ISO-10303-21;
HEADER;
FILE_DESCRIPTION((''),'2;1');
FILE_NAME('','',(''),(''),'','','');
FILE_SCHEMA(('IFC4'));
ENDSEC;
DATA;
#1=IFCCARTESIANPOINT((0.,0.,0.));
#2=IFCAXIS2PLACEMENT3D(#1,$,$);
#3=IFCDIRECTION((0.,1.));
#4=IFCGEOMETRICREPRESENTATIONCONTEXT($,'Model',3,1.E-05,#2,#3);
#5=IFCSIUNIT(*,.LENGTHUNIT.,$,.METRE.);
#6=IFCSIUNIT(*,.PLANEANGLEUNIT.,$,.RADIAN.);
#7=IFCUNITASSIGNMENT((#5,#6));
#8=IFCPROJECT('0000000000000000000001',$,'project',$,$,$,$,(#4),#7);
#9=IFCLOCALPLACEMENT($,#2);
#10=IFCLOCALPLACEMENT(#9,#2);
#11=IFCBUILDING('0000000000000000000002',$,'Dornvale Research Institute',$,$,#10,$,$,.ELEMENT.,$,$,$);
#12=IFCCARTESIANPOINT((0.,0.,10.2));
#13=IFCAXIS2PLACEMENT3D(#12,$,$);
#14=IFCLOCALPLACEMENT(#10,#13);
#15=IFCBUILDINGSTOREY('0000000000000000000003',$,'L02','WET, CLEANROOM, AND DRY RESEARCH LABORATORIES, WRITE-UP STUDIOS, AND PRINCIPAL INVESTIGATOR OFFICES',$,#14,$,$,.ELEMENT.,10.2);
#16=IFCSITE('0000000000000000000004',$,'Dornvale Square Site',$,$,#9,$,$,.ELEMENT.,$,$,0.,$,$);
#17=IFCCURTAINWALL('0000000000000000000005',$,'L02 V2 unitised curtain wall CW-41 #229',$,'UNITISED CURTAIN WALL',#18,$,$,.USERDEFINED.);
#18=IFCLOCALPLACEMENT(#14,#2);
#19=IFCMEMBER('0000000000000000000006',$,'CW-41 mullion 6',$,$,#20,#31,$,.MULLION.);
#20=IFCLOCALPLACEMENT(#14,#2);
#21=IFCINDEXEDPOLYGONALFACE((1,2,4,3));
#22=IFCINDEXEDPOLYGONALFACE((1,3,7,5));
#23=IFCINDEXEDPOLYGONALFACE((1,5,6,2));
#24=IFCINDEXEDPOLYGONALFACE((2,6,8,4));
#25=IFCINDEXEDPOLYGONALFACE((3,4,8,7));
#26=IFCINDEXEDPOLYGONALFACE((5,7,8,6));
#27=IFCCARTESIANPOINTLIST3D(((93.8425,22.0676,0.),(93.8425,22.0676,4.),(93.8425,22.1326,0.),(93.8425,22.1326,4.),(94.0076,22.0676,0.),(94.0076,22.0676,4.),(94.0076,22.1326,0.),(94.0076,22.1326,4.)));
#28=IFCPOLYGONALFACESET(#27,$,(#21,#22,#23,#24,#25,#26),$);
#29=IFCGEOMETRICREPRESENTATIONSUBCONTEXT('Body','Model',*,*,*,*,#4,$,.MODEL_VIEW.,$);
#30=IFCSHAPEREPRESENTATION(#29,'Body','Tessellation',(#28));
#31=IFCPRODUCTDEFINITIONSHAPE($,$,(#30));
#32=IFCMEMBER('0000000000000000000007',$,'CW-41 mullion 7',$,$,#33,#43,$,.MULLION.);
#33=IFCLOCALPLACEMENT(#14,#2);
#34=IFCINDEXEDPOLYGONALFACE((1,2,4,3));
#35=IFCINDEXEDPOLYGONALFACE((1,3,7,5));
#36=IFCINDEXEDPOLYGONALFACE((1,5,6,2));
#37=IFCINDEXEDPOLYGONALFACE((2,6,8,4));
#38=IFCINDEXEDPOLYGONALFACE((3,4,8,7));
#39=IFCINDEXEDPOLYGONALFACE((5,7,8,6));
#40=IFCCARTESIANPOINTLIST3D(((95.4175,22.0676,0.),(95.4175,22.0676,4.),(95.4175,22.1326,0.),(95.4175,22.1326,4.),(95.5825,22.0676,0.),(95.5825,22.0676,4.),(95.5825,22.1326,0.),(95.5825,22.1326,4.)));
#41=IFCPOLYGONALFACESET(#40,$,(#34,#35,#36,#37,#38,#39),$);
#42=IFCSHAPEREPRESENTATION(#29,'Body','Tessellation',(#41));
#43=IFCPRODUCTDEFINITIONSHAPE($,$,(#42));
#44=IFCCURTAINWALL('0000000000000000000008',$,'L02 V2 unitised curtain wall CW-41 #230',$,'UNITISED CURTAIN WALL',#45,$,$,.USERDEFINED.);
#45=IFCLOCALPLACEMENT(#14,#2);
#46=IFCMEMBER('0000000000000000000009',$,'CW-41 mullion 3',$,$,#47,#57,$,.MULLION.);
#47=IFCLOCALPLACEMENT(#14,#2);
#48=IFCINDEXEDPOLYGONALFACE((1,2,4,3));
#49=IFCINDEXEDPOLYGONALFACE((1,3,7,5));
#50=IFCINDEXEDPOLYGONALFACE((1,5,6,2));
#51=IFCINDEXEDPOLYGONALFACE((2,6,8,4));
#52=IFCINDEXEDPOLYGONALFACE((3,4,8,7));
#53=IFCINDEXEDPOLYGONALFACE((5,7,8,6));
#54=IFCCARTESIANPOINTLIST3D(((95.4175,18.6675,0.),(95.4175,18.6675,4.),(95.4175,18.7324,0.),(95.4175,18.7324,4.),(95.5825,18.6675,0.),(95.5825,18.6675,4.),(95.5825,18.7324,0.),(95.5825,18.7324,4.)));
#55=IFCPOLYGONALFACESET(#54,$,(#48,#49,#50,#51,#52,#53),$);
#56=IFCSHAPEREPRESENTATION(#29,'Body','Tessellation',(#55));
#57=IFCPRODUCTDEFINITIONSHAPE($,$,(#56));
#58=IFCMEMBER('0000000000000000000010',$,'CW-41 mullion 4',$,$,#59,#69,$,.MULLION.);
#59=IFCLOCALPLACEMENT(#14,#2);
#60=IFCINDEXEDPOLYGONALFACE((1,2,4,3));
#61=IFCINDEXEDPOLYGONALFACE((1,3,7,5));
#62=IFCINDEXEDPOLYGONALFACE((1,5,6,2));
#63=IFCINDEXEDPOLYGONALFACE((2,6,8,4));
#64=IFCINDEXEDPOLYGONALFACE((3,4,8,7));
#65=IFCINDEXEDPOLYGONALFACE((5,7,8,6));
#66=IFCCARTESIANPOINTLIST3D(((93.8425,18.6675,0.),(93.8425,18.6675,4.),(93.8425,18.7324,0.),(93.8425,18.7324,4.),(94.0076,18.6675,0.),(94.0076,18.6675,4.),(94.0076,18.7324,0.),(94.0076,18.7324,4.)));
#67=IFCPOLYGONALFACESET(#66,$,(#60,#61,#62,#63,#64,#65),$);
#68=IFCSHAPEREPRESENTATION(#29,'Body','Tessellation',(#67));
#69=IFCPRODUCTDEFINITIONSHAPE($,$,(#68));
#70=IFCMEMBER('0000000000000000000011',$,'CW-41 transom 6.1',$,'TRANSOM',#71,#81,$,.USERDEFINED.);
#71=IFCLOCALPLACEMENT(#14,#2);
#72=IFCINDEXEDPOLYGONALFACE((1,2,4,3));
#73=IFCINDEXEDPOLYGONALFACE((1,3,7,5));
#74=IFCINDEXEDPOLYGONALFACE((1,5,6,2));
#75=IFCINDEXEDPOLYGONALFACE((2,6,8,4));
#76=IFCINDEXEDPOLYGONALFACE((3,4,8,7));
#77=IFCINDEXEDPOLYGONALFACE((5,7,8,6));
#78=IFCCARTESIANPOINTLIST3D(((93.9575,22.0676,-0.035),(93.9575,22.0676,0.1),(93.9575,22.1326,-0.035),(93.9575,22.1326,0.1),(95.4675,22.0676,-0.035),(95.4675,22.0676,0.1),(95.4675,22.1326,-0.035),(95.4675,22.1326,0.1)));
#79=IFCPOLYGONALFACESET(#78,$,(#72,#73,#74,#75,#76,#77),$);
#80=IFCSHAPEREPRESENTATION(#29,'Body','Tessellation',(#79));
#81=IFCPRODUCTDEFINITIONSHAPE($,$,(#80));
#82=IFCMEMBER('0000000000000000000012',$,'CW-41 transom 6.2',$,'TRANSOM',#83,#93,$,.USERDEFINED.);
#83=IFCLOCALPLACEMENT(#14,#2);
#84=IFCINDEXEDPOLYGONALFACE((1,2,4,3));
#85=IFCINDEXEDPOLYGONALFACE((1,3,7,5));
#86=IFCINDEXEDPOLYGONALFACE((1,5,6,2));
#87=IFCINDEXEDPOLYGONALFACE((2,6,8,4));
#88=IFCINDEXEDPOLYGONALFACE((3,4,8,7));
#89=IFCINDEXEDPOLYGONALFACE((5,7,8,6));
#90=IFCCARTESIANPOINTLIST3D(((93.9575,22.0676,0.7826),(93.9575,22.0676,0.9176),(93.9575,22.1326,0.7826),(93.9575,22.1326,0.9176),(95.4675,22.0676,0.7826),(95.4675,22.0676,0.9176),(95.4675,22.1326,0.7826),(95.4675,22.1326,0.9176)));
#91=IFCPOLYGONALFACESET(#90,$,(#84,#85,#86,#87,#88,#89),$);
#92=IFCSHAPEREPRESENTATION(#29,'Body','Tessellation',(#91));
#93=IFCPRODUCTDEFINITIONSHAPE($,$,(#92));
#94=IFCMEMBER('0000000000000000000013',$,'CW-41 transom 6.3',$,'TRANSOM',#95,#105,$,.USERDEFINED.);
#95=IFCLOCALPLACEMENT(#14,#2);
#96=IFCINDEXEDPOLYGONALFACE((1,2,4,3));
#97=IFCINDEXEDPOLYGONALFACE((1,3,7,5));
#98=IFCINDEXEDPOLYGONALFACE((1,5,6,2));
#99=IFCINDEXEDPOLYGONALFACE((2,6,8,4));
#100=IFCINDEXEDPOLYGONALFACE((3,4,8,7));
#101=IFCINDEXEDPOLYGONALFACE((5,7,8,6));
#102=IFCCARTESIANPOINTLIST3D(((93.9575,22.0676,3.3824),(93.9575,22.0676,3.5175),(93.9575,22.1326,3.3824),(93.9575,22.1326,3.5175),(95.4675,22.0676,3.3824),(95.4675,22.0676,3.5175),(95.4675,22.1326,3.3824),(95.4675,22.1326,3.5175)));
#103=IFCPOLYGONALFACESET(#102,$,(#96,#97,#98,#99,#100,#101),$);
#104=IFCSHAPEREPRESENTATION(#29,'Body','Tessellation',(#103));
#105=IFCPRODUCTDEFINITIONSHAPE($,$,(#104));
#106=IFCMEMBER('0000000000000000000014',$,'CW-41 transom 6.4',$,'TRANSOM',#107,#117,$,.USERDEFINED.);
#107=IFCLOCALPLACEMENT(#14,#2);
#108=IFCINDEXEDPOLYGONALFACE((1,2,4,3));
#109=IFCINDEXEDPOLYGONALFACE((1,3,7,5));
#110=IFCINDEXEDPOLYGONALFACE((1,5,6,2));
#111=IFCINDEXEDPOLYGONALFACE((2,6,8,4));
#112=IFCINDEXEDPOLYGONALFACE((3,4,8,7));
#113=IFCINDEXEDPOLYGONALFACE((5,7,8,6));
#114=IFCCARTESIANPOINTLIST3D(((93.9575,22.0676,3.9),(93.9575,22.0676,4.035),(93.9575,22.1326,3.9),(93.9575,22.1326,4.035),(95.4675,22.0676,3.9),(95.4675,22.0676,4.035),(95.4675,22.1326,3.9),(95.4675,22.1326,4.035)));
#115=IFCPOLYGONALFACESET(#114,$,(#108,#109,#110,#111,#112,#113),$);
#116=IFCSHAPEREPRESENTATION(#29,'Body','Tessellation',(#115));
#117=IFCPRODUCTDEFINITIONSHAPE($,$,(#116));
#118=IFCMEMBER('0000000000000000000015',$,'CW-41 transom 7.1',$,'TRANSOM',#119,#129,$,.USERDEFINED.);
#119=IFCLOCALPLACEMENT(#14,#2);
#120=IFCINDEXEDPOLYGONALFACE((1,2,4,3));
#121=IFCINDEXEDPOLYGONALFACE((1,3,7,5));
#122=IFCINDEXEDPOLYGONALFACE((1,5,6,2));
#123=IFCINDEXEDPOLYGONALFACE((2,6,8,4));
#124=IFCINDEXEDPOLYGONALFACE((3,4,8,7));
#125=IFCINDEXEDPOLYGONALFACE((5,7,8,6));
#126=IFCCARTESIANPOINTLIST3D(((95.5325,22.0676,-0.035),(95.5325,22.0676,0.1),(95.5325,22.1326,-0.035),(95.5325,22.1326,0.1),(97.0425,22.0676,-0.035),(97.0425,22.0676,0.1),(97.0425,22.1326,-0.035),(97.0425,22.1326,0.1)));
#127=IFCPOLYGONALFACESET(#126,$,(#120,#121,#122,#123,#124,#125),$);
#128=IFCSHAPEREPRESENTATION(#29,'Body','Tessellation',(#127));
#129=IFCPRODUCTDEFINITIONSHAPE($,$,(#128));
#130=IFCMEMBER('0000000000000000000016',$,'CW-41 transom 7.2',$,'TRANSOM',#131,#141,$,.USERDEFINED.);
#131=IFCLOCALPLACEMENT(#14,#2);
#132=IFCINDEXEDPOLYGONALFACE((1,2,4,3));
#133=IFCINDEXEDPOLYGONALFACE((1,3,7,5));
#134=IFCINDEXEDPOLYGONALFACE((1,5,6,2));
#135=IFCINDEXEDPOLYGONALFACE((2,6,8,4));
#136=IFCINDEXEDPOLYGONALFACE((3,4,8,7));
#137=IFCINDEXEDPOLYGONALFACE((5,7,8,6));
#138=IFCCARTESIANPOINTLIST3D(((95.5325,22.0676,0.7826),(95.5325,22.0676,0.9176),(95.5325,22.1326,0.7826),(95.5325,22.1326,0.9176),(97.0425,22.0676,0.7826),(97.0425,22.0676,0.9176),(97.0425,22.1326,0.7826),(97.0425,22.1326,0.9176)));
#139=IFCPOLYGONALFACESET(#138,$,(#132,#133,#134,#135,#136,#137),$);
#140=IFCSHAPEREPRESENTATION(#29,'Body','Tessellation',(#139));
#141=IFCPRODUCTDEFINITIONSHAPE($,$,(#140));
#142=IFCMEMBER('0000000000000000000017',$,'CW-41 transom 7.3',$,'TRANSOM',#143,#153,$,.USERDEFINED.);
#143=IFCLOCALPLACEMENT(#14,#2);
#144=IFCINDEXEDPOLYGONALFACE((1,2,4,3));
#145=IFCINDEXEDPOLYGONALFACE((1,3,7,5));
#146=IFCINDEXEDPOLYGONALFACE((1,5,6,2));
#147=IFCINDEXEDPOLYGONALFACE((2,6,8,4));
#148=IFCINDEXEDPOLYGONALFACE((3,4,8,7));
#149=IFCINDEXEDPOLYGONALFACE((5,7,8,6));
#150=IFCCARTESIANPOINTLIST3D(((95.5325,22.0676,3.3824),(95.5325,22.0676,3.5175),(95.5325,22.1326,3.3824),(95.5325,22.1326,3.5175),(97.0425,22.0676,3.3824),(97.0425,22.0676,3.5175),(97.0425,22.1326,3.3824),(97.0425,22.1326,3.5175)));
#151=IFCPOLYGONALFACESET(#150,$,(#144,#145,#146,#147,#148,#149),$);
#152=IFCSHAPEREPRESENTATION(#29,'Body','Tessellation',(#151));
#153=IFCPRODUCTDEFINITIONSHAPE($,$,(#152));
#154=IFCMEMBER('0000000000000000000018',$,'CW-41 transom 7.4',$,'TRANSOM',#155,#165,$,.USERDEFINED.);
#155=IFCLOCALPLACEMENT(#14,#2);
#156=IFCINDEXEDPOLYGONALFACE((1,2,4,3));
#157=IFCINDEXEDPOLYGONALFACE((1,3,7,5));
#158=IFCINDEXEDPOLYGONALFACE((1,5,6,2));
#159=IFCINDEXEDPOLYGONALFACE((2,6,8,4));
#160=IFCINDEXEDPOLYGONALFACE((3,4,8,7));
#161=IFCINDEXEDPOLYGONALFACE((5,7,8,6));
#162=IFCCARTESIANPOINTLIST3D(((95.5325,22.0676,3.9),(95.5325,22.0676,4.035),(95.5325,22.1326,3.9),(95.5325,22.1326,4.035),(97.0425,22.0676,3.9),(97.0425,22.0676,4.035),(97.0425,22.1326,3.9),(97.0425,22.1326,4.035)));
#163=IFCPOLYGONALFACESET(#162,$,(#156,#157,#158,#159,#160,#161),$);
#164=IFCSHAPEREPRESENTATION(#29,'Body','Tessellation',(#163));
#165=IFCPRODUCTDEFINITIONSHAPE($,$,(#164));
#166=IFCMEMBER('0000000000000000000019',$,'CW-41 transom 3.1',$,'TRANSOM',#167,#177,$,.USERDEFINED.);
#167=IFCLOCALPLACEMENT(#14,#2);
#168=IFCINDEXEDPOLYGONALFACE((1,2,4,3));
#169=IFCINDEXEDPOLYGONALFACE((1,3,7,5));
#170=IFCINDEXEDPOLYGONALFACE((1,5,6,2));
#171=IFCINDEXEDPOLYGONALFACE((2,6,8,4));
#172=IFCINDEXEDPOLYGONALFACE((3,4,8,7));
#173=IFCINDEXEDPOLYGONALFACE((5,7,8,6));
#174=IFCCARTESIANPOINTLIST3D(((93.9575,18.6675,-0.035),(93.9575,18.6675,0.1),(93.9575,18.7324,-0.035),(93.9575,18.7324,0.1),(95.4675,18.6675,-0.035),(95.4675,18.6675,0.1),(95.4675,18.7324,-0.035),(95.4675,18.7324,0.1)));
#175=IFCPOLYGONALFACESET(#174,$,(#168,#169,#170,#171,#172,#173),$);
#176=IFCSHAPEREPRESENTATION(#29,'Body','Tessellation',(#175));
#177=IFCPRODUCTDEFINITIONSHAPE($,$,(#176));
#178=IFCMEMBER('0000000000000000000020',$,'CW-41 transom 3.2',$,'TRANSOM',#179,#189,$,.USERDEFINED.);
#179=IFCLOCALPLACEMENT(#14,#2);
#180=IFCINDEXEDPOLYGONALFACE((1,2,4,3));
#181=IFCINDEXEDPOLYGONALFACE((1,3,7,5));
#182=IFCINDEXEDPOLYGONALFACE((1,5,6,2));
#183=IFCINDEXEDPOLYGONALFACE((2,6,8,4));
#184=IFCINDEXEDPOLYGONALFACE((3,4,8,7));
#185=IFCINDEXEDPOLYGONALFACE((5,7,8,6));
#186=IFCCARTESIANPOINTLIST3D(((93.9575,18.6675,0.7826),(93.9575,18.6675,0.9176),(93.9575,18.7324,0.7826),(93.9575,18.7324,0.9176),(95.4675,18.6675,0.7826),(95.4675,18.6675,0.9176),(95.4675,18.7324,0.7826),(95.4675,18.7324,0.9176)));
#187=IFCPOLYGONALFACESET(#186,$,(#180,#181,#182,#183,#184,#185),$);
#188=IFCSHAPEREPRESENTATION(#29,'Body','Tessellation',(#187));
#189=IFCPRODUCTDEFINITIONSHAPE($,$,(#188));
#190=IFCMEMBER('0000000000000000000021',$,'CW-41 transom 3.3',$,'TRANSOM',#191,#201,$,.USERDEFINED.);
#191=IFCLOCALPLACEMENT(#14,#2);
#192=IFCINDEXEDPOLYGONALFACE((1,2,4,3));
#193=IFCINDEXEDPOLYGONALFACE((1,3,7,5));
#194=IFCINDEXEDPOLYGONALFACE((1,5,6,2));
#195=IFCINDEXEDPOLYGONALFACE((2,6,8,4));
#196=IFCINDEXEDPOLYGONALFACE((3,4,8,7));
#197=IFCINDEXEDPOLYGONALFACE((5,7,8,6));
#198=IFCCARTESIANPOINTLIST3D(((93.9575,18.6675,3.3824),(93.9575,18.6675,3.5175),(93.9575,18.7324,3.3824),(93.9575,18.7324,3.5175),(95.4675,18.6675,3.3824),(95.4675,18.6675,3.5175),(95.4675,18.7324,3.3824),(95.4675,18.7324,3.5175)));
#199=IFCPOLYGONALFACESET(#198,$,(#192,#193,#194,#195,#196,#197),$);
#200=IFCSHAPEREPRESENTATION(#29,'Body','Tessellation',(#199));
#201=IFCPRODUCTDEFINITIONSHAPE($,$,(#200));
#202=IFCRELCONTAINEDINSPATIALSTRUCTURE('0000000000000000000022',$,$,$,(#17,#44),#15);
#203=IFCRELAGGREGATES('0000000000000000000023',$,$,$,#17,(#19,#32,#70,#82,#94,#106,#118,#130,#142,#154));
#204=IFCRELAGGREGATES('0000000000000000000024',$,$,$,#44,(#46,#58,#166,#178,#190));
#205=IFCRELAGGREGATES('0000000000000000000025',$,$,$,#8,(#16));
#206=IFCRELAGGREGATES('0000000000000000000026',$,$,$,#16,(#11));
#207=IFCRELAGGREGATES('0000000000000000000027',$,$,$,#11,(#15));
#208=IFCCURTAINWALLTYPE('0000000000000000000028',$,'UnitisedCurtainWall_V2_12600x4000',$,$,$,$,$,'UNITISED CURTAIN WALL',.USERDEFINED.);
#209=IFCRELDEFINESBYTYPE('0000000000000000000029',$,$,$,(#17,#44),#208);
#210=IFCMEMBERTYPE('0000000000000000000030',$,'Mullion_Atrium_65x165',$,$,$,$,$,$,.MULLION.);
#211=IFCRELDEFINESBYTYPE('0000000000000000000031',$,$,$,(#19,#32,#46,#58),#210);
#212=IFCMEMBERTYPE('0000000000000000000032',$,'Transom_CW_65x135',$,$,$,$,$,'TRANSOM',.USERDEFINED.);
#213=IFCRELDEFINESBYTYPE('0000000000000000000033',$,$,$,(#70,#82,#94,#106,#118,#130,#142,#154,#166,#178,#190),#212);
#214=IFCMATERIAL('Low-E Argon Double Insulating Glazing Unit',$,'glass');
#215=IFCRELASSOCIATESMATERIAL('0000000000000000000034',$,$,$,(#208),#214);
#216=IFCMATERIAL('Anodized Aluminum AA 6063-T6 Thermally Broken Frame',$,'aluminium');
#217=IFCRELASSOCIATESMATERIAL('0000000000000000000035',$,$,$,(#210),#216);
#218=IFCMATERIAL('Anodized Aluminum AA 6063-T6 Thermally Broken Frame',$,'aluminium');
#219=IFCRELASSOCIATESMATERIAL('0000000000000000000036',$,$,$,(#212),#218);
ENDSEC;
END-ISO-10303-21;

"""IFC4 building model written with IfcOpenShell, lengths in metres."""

from ifc_helpers import new_model, si_unit, direction, frame, origin, origin_2d, place, context, subcontext, project, spatial, rectangle, extrude, material, material_profile, profile_set, type_object, element, aggregate, save


model = new_model("IFC4")

# Units and contexts
model_context = context("Model", 3, precision=1e-05, world=origin(), true_north=direction((0.0, 1.0)))
body_context = subcontext(model_context, "Body", "Model", "MODEL_VIEW")
ifc_project = project(units=[si_unit("LENGTHUNIT", "METRE"), si_unit("PLANEANGLEUNIT", "RADIAN")], contexts=[model_context])

# Site, building, storey
site_placement = place(None, origin())
site = spatial("IfcSite", under=ifc_project, at=site_placement, Name="Dornvale Square Site", CompositionType="ELEMENT", RefElevation=0.0)
building_placement = place(site_placement, origin())
building = spatial("IfcBuilding", under=site, at=building_placement, Name="Dornvale Research Institute", CompositionType="ELEMENT")
storey_placement = place(building_placement, frame((0.0, 0.0, 10.2)))
storey = spatial("IfcBuildingStorey", under=building, at=storey_placement, Name="L02", Description="WET, CLEANROOM, AND DRY RESEARCH LABORATORIES, WRITE-UP STUDIOS, AND PRINCIPAL INVESTIGATOR OFFICES", CompositionType="ELEMENT", Elevation=10.2)

# Curtain walls, members
ifc_material_1 = material(Name="Low-E Argon Double Insulating Glazing Unit", Category="glass")
curtain_wall_type = type_object("IfcCurtainWallType", Name="UnitisedCurtainWall_V2_12600x4000", ElementType="UNITISED CURTAIN WALL", PredefinedType="USERDEFINED", material=ifc_material_1)
curtain_wall_1_placement = place(storey_placement, origin())
curtain_wall_1 = element("IfcCurtainWall", 1, at=curtain_wall_1_placement, inside=storey, type_object=curtain_wall_type, Name="L02 V2 unitised curtain wall CW-41 #229", ObjectType="UNITISED CURTAIN WALL", PredefinedType="USERDEFINED")
ifc_material_2 = material(Name="Anodized Aluminum AA 6063-T6 Thermally Broken Frame", Category="aluminium")
ifc_material_profile_1 = material_profile(ifc_material_2, rectangle(XDim=0.0649, YDim=0.165, at=origin_2d()), Name="ALU MULLION 65x165")
ifc_profile_set_1 = profile_set([ifc_material_profile_1], Name="Anodized Aluminum AA 6063-T6 Thermally Broken Frame")
member_type_1 = type_object("IfcMemberType", Name="Mullion_Atrium_65x165", PredefinedType="MULLION", material=ifc_profile_set_1)
member_1_placement = place(storey_placement, frame((93.925, 22.1001, 0.0), z_axis=(0.0, 0.0, 1.0), x_axis=(0.0, 1.0, 0.0)))
member_1 = element("IfcMember", 2, at=member_1_placement, type_object=member_type_1, Name="CW-41 mullion 6", PredefinedType="MULLION", context=body_context, shape_type="SweptSolid", body=[
    extrude(rectangle(XDim=0.0649, YDim=0.165, at=origin_2d()), origin(), (0.0, 0.0, 1.0), 4.0),
])
member_2_placement = place(storey_placement, frame((95.5, 22.1001, 0.0), z_axis=(0.0, 0.0, 1.0), x_axis=(0.0, 1.0, 0.0)))
member_2 = element("IfcMember", 3, at=member_2_placement, type_object=member_type_1, Name="CW-41 mullion 7", PredefinedType="MULLION", context=body_context, shape_type="SweptSolid", body=[
    extrude(rectangle(XDim=0.0649, YDim=0.165, at=origin_2d()), origin(), (0.0, 0.0, 1.0), 4.0),
])
curtain_wall_2_placement = place(storey_placement, origin())
curtain_wall_2 = element("IfcCurtainWall", 4, at=curtain_wall_2_placement, inside=storey, type_object=curtain_wall_type, Name="L02 V2 unitised curtain wall CW-41 #230", ObjectType="UNITISED CURTAIN WALL", PredefinedType="USERDEFINED")
member_3_placement = place(storey_placement, frame((95.5, 18.7, 0.0), z_axis=(0.0, 0.0, 1.0), x_axis=(0.0, -1.0, 0.0)))
member_3 = element("IfcMember", 5, at=member_3_placement, type_object=member_type_1, Name="CW-41 mullion 3", PredefinedType="MULLION", context=body_context, shape_type="SweptSolid", body=[
    extrude(rectangle(XDim=0.0649, YDim=0.165, at=origin_2d()), origin(), (0.0, 0.0, 1.0), 4.0),
])
member_4_placement = place(storey_placement, frame((93.925, 18.7, 0.0), z_axis=(0.0, 0.0, 1.0), x_axis=(0.0, -1.0, 0.0)))
member_4 = element("IfcMember", 6, at=member_4_placement, type_object=member_type_1, Name="CW-41 mullion 4", PredefinedType="MULLION", context=body_context, shape_type="SweptSolid", body=[
    extrude(rectangle(XDim=0.0649, YDim=0.165, at=origin_2d()), origin(), (0.0, 0.0, 1.0), 4.0),
])

# Members
ifc_material_3 = material(Name="Anodized Aluminum AA 6063-T6 Thermally Broken Frame", Category="aluminium")
ifc_material_profile_2 = material_profile(ifc_material_3, rectangle(XDim=0.0649, YDim=0.135, at=origin_2d()), Name="ALU TRANSOM 65x135")
ifc_profile_set_2 = profile_set([ifc_material_profile_2], Name="Anodized Aluminum AA 6063-T6 Thermally Broken Frame")
member_type_2 = type_object("IfcMemberType", Name="Transom_CW_65x135", ElementType="TRANSOM", PredefinedType="USERDEFINED", material=ifc_profile_set_2)
member_5_placement = place(storey_placement, frame((93.9575, 22.1001, 0.0325), z_axis=(1.0, 0.0, 0.0), x_axis=(0.0, 1.0, 0.0)))
member_5 = element("IfcMember", 7, at=member_5_placement, type_object=member_type_2, Name="CW-41 transom 6.1", ObjectType="TRANSOM", PredefinedType="USERDEFINED", context=body_context, shape_type="SweptSolid", body=[
    extrude(rectangle(XDim=0.0649, YDim=0.135, at=origin_2d()), origin(), (0.0, 0.0, 1.0), 1.51),
])
member_6_placement = place(storey_placement, frame((93.9575, 22.1001, 0.8501), z_axis=(1.0, 0.0, 0.0), x_axis=(0.0, 1.0, 0.0)))
member_6 = element("IfcMember", 8, at=member_6_placement, type_object=member_type_2, Name="CW-41 transom 6.2", ObjectType="TRANSOM", PredefinedType="USERDEFINED", context=body_context, shape_type="SweptSolid", body=[
    extrude(rectangle(XDim=0.0649, YDim=0.135, at=origin_2d()), origin(), (0.0, 0.0, 1.0), 1.51),
])
member_7_placement = place(storey_placement, frame((93.9575, 22.1001, 3.45), z_axis=(1.0, 0.0, 0.0), x_axis=(0.0, 1.0, 0.0)))
member_7 = element("IfcMember", 9, at=member_7_placement, type_object=member_type_2, Name="CW-41 transom 6.3", ObjectType="TRANSOM", PredefinedType="USERDEFINED", context=body_context, shape_type="SweptSolid", body=[
    extrude(rectangle(XDim=0.0649, YDim=0.135, at=origin_2d()), origin(), (0.0, 0.0, 1.0), 1.51),
])
member_8_placement = place(storey_placement, frame((93.9575, 22.1001, 3.9675), z_axis=(1.0, 0.0, 0.0), x_axis=(0.0, 1.0, 0.0)))
member_8 = element("IfcMember", 10, at=member_8_placement, type_object=member_type_2, Name="CW-41 transom 6.4", ObjectType="TRANSOM", PredefinedType="USERDEFINED", context=body_context, shape_type="SweptSolid", body=[
    extrude(rectangle(XDim=0.0649, YDim=0.135, at=origin_2d()), origin(), (0.0, 0.0, 1.0), 1.51),
])
member_9_placement = place(storey_placement, frame((95.5325, 22.1001, 0.0325), z_axis=(1.0, 0.0, 0.0), x_axis=(0.0, 1.0, 0.0)))
member_9 = element("IfcMember", 11, at=member_9_placement, type_object=member_type_2, Name="CW-41 transom 7.1", ObjectType="TRANSOM", PredefinedType="USERDEFINED", context=body_context, shape_type="SweptSolid", body=[
    extrude(rectangle(XDim=0.0649, YDim=0.135, at=origin_2d()), origin(), (0.0, 0.0, 1.0), 1.51),
])
member_10_placement = place(storey_placement, frame((95.5325, 22.1001, 0.8501), z_axis=(1.0, 0.0, 0.0), x_axis=(0.0, 1.0, 0.0)))
member_10 = element("IfcMember", 12, at=member_10_placement, type_object=member_type_2, Name="CW-41 transom 7.2", ObjectType="TRANSOM", PredefinedType="USERDEFINED", context=body_context, shape_type="SweptSolid", body=[
    extrude(rectangle(XDim=0.0649, YDim=0.135, at=origin_2d()), origin(), (0.0, 0.0, 1.0), 1.51),
])
member_11_placement = place(storey_placement, frame((95.5325, 22.1001, 3.45), z_axis=(1.0, 0.0, 0.0), x_axis=(0.0, 1.0, 0.0)))
member_11 = element("IfcMember", 13, at=member_11_placement, type_object=member_type_2, Name="CW-41 transom 7.3", ObjectType="TRANSOM", PredefinedType="USERDEFINED", context=body_context, shape_type="SweptSolid", body=[
    extrude(rectangle(XDim=0.0649, YDim=0.135, at=origin_2d()), origin(), (0.0, 0.0, 1.0), 1.51),
])
member_12_placement = place(storey_placement, frame((95.5325, 22.1001, 3.9675), z_axis=(1.0, 0.0, 0.0), x_axis=(0.0, 1.0, 0.0)))
member_12 = element("IfcMember", 14, at=member_12_placement, type_object=member_type_2, Name="CW-41 transom 7.4", ObjectType="TRANSOM", PredefinedType="USERDEFINED", context=body_context, shape_type="SweptSolid", body=[
    extrude(rectangle(XDim=0.0649, YDim=0.135, at=origin_2d()), origin(), (0.0, 0.0, 1.0), 1.51),
])
member_13_placement = place(storey_placement, frame((95.4675, 18.7, 0.0325), z_axis=(-1.0, 0.0, 0.0), x_axis=(0.0, -1.0, 0.0)))
member_13 = element("IfcMember", 15, at=member_13_placement, type_object=member_type_2, Name="CW-41 transom 3.1", ObjectType="TRANSOM", PredefinedType="USERDEFINED", context=body_context, shape_type="SweptSolid", body=[
    extrude(rectangle(XDim=0.0649, YDim=0.135, at=origin_2d()), origin(), (0.0, 0.0, 1.0), 1.51),
])
member_14_placement = place(storey_placement, frame((95.4675, 18.7, 0.8501), z_axis=(-1.0, 0.0, 0.0), x_axis=(0.0, -1.0, 0.0)))
member_14 = element("IfcMember", 16, at=member_14_placement, type_object=member_type_2, Name="CW-41 transom 3.2", ObjectType="TRANSOM", PredefinedType="USERDEFINED", context=body_context, shape_type="SweptSolid", body=[
    extrude(rectangle(XDim=0.0649, YDim=0.135, at=origin_2d()), origin(), (0.0, 0.0, 1.0), 1.51),
])
member_15_placement = place(storey_placement, frame((95.4675, 18.7, 3.45), z_axis=(-1.0, 0.0, 0.0), x_axis=(0.0, -1.0, 0.0)))
member_15 = element("IfcMember", 17, at=member_15_placement, type_object=member_type_2, Name="CW-41 transom 3.3", ObjectType="TRANSOM", PredefinedType="USERDEFINED", context=body_context, shape_type="SweptSolid", body=[
    extrude(rectangle(XDim=0.0649, YDim=0.135, at=origin_2d()), origin(), (0.0, 0.0, 1.0), 1.51),
])

aggregate(curtain_wall_1, [member_1, member_2, member_5, member_6, member_7, member_8, member_9, member_10, member_11, member_12])
aggregate(curtain_wall_2, [member_3, member_4, member_13, member_14, member_15])

save(model, "model.ifc")
